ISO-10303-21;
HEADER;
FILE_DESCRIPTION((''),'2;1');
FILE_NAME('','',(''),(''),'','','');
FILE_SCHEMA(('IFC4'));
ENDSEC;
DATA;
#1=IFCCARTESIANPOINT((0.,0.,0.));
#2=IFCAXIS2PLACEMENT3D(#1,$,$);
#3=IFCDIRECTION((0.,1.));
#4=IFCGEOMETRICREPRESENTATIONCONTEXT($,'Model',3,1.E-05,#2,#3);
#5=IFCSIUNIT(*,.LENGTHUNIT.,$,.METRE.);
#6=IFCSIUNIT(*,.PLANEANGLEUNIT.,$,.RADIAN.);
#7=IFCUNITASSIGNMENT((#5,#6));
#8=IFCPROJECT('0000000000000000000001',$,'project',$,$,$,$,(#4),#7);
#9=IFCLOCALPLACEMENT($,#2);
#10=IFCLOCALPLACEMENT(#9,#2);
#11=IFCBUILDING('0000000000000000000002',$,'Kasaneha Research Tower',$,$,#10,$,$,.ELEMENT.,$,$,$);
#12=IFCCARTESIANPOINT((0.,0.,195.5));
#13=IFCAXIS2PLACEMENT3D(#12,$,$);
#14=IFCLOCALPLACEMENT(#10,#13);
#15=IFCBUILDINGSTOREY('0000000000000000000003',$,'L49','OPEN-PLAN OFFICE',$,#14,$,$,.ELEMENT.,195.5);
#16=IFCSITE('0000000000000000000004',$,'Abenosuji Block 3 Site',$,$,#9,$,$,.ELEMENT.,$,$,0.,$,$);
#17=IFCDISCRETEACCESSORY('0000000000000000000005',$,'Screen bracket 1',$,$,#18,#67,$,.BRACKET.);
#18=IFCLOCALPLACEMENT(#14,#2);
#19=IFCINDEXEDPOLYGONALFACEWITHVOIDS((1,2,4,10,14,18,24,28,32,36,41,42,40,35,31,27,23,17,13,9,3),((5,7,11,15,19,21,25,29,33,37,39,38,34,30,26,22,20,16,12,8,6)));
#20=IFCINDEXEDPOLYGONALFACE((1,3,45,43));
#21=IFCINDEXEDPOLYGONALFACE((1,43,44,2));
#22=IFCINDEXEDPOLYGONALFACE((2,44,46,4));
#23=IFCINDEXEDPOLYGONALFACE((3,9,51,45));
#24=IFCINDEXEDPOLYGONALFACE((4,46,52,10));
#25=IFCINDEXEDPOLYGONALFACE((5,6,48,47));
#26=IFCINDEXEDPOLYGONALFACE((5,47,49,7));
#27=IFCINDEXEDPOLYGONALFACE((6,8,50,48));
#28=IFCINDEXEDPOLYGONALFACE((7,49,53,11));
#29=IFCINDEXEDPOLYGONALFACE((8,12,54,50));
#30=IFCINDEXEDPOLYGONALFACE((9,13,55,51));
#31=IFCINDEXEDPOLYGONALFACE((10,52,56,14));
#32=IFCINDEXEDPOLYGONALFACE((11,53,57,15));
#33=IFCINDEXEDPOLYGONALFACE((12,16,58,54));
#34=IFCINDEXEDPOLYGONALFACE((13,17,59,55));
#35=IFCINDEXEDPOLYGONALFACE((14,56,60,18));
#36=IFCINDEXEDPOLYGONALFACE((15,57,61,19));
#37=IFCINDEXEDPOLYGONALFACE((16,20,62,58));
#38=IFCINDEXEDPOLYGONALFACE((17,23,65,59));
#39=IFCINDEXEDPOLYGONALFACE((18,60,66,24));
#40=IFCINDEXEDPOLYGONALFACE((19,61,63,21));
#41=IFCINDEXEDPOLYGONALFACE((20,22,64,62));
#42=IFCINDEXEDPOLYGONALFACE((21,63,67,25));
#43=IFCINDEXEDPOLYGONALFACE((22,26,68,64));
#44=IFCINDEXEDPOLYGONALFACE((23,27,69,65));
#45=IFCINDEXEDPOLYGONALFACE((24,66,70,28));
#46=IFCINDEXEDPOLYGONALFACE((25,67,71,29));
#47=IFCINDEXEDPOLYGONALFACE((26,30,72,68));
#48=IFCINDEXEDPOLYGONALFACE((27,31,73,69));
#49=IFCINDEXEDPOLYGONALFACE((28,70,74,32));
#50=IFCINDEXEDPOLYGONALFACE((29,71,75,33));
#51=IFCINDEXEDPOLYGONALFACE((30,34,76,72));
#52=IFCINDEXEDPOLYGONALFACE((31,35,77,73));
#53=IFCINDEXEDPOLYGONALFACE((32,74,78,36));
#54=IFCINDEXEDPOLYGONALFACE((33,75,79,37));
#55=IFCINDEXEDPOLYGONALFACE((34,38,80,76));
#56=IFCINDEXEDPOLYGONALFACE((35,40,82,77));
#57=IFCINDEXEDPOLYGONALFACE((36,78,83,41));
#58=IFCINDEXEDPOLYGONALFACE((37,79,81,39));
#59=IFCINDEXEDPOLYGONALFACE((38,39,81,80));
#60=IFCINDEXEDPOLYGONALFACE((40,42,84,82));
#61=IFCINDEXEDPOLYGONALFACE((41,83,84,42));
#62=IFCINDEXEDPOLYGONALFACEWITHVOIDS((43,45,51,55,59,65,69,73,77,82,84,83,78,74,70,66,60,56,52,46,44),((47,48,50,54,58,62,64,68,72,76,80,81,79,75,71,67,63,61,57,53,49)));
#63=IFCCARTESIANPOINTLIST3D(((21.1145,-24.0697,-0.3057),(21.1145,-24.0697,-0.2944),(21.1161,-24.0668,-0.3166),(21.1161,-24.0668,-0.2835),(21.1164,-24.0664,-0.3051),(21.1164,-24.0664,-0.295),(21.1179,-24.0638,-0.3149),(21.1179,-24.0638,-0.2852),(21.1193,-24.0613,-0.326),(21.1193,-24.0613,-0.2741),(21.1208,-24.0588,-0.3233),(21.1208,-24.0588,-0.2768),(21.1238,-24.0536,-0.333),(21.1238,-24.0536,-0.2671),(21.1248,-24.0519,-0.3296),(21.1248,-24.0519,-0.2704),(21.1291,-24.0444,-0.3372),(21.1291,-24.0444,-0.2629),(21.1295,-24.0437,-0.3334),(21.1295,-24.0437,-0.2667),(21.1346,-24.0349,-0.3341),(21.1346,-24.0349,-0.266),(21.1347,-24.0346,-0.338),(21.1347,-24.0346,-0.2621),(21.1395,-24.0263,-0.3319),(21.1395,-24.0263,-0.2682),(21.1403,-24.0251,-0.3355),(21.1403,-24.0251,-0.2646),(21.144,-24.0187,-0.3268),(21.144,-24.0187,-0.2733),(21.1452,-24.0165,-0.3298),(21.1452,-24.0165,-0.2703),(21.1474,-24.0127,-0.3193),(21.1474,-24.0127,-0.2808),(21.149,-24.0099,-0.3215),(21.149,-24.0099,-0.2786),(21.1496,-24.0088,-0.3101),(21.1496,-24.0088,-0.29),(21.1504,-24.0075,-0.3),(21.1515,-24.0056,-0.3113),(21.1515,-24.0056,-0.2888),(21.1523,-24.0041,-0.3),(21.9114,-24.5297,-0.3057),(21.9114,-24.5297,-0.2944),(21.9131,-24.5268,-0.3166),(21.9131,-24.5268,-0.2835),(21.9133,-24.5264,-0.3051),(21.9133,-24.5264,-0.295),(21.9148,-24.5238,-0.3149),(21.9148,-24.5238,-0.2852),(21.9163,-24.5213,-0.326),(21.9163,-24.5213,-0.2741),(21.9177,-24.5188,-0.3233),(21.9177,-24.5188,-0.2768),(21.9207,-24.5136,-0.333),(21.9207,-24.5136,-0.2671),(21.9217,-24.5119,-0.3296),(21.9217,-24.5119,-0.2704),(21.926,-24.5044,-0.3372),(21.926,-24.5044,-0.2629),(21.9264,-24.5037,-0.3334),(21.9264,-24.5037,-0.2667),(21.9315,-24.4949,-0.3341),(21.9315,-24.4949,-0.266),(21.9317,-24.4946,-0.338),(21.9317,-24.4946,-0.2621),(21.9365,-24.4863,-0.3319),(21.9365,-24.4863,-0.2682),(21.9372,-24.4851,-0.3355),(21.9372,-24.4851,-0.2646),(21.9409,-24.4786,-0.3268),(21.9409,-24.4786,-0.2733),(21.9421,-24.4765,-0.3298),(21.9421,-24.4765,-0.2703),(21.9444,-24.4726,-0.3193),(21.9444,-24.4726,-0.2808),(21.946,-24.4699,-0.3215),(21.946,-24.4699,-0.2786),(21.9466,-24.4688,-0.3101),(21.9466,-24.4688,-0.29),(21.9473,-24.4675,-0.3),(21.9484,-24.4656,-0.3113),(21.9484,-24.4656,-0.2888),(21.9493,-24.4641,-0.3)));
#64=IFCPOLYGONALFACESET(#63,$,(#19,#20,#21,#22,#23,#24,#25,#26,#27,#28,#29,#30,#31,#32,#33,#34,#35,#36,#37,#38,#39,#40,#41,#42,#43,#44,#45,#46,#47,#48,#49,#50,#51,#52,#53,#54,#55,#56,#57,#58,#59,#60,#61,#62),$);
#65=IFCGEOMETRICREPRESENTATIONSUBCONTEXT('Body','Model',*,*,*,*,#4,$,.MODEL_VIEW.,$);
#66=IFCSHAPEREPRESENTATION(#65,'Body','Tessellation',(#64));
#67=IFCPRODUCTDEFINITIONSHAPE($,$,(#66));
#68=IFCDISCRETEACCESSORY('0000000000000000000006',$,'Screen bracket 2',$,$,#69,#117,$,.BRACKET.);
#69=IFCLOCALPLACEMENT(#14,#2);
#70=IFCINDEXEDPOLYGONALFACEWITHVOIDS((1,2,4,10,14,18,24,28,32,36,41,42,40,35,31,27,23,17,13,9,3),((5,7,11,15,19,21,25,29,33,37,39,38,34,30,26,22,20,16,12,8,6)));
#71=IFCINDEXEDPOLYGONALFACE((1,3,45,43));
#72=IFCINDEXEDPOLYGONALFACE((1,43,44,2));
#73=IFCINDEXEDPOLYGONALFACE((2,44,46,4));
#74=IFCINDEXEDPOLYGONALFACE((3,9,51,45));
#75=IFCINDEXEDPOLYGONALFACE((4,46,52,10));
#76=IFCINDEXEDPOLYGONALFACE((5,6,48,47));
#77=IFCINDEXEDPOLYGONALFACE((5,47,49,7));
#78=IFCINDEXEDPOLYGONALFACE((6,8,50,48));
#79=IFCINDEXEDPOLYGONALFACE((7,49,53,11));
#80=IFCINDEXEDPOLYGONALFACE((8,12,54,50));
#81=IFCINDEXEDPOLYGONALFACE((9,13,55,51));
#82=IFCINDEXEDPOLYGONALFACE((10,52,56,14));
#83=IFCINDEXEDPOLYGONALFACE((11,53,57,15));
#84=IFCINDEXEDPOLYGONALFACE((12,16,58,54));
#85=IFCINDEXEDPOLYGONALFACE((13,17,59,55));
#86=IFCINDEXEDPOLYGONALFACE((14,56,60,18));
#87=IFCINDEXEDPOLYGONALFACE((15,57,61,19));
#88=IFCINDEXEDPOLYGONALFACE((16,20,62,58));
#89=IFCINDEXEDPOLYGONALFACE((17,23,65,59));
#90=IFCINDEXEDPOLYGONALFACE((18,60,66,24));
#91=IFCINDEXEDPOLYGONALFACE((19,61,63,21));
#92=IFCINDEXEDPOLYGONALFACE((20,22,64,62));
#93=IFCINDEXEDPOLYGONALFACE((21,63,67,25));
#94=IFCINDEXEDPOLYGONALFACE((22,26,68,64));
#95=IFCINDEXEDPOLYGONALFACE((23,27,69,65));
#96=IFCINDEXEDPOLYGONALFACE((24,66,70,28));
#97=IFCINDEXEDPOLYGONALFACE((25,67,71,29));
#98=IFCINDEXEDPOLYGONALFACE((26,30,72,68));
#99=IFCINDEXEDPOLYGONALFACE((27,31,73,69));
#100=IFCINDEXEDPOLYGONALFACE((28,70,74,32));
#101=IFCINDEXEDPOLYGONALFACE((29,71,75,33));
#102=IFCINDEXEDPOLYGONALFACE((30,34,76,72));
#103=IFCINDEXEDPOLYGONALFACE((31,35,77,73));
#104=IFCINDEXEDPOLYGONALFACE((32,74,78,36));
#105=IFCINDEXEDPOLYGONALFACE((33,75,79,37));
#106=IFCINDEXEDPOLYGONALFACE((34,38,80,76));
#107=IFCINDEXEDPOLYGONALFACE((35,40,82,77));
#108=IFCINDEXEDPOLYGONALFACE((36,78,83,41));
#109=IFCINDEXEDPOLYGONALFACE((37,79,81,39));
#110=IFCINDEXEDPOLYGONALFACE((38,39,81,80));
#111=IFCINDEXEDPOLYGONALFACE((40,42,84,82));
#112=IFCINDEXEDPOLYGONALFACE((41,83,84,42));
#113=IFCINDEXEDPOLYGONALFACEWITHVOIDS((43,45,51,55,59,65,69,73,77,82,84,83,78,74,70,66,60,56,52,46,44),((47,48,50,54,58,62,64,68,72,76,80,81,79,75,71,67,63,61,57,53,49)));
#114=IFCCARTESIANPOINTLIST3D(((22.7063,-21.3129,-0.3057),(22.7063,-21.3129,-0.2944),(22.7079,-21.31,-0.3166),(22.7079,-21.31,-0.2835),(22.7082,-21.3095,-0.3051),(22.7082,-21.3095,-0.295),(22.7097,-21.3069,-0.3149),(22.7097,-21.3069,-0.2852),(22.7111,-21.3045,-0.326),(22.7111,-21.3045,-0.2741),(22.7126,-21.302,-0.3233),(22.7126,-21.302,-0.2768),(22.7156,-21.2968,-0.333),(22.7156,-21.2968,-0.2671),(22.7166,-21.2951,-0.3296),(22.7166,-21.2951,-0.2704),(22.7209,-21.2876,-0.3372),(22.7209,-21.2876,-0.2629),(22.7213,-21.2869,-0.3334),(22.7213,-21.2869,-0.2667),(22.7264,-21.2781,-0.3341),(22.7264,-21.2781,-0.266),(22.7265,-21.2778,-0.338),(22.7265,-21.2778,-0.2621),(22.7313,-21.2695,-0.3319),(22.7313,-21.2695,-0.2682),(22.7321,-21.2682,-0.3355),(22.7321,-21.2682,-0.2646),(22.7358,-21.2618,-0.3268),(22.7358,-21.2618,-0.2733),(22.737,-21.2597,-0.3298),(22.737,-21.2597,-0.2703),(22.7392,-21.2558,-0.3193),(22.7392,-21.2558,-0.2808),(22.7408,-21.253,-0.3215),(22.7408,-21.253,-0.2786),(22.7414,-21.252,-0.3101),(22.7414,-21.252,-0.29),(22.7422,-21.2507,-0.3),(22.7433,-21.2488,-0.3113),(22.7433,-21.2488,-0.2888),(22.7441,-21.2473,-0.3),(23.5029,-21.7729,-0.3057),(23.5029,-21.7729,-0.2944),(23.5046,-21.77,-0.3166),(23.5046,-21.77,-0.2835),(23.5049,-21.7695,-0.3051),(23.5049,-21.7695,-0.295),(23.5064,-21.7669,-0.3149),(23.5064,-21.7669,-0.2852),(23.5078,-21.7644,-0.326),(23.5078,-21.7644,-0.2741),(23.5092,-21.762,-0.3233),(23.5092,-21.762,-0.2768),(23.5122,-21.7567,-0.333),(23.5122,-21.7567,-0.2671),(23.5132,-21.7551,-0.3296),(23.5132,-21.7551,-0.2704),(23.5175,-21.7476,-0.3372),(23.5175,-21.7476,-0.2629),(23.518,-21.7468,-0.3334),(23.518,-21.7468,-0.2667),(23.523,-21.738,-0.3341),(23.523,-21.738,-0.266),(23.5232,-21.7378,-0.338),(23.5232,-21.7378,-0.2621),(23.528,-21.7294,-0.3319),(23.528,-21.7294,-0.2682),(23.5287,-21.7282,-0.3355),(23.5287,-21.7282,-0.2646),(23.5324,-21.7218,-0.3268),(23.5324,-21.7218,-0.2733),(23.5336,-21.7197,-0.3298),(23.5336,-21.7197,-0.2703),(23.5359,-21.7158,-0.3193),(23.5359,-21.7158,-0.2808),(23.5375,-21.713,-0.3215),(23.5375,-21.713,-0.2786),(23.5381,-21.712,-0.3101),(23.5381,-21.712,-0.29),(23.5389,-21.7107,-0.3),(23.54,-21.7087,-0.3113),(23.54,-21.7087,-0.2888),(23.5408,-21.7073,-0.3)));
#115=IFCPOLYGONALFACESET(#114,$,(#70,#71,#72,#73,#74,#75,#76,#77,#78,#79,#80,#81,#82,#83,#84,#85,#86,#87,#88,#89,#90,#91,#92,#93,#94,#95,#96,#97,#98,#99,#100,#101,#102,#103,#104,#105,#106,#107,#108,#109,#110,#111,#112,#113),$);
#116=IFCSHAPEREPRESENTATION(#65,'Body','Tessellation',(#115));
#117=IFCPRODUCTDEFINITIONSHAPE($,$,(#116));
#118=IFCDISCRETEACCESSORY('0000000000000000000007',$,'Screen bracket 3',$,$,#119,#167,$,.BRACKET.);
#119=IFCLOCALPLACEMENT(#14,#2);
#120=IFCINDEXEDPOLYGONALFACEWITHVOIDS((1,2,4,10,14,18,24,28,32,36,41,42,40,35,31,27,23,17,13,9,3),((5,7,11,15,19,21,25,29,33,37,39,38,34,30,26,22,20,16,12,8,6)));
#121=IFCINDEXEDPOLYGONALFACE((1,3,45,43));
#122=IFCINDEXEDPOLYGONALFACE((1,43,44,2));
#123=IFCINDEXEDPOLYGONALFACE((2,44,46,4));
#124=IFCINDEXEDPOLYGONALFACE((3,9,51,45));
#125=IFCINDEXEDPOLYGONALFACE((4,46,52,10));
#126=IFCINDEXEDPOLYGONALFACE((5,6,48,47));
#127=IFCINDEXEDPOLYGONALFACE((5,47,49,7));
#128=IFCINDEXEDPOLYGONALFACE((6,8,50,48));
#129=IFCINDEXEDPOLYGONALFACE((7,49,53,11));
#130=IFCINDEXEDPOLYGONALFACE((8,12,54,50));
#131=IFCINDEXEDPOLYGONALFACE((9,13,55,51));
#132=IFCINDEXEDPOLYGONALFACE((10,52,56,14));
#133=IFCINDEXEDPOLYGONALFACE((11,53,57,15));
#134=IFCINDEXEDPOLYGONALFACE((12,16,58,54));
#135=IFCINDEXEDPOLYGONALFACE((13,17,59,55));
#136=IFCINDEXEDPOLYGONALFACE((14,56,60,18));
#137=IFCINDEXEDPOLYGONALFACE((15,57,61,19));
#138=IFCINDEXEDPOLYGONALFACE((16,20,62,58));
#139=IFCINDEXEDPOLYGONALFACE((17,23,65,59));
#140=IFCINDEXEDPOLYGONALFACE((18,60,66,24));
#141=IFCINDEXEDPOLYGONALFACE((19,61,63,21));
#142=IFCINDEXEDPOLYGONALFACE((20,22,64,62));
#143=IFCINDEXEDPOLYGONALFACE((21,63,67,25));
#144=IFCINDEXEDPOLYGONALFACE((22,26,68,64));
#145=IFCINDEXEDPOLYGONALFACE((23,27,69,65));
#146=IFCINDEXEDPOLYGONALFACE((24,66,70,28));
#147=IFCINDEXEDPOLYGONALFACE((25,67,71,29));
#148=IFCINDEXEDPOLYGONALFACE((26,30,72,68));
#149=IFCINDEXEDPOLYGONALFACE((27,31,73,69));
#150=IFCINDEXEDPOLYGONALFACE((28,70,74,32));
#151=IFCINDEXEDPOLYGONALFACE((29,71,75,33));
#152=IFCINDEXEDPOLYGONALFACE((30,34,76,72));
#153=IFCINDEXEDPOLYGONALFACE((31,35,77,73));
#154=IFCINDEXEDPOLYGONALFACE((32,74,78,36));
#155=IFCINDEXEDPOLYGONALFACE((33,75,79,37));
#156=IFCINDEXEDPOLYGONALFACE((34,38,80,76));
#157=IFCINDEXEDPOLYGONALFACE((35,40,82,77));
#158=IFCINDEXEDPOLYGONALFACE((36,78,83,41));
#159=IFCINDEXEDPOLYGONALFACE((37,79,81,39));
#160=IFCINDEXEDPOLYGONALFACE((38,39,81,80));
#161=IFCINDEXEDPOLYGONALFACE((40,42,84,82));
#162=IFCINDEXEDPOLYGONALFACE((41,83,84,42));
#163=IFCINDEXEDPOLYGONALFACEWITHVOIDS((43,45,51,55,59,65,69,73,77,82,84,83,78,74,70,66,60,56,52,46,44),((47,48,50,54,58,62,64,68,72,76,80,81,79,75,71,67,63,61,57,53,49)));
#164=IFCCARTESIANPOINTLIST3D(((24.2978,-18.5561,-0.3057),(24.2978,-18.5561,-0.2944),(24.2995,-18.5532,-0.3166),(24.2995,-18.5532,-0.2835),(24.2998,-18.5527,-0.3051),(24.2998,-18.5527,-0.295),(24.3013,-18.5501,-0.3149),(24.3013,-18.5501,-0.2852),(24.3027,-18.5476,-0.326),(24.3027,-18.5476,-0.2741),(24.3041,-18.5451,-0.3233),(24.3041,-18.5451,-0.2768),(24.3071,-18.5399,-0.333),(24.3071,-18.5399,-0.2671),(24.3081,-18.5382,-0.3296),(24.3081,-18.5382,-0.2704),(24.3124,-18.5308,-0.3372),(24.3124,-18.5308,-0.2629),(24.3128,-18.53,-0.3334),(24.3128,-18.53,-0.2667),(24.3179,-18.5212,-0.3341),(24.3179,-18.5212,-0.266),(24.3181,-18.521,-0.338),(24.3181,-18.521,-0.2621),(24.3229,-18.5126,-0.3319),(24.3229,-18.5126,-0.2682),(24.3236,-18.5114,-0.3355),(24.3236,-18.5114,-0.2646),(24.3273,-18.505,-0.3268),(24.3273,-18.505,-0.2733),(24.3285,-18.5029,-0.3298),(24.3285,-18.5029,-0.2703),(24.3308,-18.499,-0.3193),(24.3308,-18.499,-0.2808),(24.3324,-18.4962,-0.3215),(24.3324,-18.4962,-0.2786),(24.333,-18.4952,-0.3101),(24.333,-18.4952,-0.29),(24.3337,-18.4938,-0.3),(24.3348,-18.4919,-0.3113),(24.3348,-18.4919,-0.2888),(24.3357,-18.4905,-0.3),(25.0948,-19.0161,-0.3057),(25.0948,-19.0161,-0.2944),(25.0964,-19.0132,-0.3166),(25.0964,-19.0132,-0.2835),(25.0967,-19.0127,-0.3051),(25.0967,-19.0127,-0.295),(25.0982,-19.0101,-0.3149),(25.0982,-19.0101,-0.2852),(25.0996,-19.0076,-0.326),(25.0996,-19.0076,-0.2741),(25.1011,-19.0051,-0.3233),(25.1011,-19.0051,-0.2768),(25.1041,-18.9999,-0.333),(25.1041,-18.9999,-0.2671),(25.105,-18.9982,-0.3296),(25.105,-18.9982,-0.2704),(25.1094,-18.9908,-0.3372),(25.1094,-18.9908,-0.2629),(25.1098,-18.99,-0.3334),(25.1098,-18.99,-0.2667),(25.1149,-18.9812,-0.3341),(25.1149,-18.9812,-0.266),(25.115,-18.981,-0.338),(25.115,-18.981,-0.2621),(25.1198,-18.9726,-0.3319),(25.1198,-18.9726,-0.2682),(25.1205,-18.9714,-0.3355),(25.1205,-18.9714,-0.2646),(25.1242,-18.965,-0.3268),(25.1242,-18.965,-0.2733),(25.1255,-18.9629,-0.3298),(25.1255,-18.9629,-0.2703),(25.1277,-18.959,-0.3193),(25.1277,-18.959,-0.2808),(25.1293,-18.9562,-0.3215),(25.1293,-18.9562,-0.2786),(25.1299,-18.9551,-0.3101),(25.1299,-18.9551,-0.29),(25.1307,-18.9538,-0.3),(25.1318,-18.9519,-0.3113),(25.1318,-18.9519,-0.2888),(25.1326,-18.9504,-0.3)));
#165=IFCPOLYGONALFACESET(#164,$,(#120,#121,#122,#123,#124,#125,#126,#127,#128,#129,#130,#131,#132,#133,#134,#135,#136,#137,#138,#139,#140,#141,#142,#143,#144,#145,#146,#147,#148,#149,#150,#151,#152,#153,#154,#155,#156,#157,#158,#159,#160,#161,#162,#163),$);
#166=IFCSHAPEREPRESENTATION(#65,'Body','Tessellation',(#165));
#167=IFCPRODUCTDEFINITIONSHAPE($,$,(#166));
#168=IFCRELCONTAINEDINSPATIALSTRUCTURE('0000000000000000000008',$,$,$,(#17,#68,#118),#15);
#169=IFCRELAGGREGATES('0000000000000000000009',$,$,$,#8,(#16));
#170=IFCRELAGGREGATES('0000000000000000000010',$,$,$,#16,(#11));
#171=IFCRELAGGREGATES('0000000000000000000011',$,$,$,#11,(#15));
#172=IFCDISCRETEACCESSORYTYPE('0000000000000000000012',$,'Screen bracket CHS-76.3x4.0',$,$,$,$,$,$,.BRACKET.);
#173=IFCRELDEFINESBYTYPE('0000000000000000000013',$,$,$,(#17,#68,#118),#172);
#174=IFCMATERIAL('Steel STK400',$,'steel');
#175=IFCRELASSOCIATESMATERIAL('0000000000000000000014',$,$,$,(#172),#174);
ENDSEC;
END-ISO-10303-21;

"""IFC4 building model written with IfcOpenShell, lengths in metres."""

from ifc_helpers import new_model, si_unit, direction, frame, origin, origin_2d, place, context, subcontext, project, spatial, hollow_circle, extrude, material, material_profile, profile_set, type_object, element, save


model = new_model("IFC4")

# Units and contexts
model_context = context("Model", 3, precision=1e-05, world=origin(), true_north=direction((0.0, 1.0)))
body_context = subcontext(model_context, "Body", "Model", "MODEL_VIEW")
ifc_project = project(units=[si_unit("LENGTHUNIT", "METRE"), si_unit("PLANEANGLEUNIT", "RADIAN")], contexts=[model_context])

# Site, building, storey
site_placement = place(None, origin())
site = spatial("IfcSite", under=ifc_project, at=site_placement, Name="Abenosuji Block 3 Site", CompositionType="ELEMENT", RefElevation=0.0)
building_placement = place(site_placement, origin())
building = spatial("IfcBuilding", under=site, at=building_placement, Name="Kasaneha Research Tower", CompositionType="ELEMENT")
storey_placement = place(building_placement, frame((0.0, 0.0, 195.5)))
storey = spatial("IfcBuildingStorey", under=building, at=storey_placement, Name="L49", Description="OPEN-PLAN OFFICE", CompositionType="ELEMENT", Elevation=195.5)

# Discrete accessories
ifc_material_1 = material(Name="Steel STK400", Category="steel")
ifc_material_profile_1 = material_profile(ifc_material_1, hollow_circle(Radius=0.0381, WallThickness=0.0039, at=origin_2d()), Name="CHS-76.3x4.0")
ifc_profile_set_1 = profile_set([ifc_material_profile_1], Name="Steel STK400")
discrete_accessory_type = type_object("IfcDiscreteAccessoryType", Name="Screen bracket CHS-76.3x4.0", PredefinedType="BRACKET", material=ifc_profile_set_1)
discrete_accessory_1_placement = place(storey_placement, frame((21.1333, -24.0371, -0.3), z_axis=(0.86608, -0.499906, 0.0), x_axis=(0.499906, 0.86608, 0.0)))
element("IfcDiscreteAccessory", 1, at=discrete_accessory_1_placement, inside=storey, type_object=discrete_accessory_type, Name="Screen bracket 1", PredefinedType="BRACKET", context=body_context, shape_type="SweptSolid", body=[
    extrude(hollow_circle(Radius=0.0381, WallThickness=0.0039, at=origin_2d()), origin(), (0.0, 0.0, 1.0), 0.9202),
])
discrete_accessory_2_placement = place(storey_placement, frame((22.7251, -21.2803, -0.3), z_axis=(0.866013, -0.500021, 0.0), x_axis=(0.500021, 0.866013, 0.0)))
element("IfcDiscreteAccessory", 2, at=discrete_accessory_2_placement, inside=storey, type_object=discrete_accessory_type, Name="Screen bracket 2", PredefinedType="BRACKET", context=body_context, shape_type="SweptSolid", body=[
    extrude(hollow_circle(Radius=0.0381, WallThickness=0.0039, at=origin_2d()), origin(), (0.0, 0.0, 1.0), 0.9199),
])
discrete_accessory_3_placement = place(storey_placement, frame((24.3167, -18.5234, -0.3), z_axis=(0.86608, -0.499906, 0.0), x_axis=(0.499906, 0.86608, 0.0)))
element("IfcDiscreteAccessory", 3, at=discrete_accessory_3_placement, inside=storey, type_object=discrete_accessory_type, Name="Screen bracket 3", PredefinedType="BRACKET", context=body_context, shape_type="SweptSolid", body=[
    extrude(hollow_circle(Radius=0.0381, WallThickness=0.0039, at=origin_2d()), origin(), (0.0, 0.0, 1.0), 0.9202),
])

save(model, "model.ifc")
